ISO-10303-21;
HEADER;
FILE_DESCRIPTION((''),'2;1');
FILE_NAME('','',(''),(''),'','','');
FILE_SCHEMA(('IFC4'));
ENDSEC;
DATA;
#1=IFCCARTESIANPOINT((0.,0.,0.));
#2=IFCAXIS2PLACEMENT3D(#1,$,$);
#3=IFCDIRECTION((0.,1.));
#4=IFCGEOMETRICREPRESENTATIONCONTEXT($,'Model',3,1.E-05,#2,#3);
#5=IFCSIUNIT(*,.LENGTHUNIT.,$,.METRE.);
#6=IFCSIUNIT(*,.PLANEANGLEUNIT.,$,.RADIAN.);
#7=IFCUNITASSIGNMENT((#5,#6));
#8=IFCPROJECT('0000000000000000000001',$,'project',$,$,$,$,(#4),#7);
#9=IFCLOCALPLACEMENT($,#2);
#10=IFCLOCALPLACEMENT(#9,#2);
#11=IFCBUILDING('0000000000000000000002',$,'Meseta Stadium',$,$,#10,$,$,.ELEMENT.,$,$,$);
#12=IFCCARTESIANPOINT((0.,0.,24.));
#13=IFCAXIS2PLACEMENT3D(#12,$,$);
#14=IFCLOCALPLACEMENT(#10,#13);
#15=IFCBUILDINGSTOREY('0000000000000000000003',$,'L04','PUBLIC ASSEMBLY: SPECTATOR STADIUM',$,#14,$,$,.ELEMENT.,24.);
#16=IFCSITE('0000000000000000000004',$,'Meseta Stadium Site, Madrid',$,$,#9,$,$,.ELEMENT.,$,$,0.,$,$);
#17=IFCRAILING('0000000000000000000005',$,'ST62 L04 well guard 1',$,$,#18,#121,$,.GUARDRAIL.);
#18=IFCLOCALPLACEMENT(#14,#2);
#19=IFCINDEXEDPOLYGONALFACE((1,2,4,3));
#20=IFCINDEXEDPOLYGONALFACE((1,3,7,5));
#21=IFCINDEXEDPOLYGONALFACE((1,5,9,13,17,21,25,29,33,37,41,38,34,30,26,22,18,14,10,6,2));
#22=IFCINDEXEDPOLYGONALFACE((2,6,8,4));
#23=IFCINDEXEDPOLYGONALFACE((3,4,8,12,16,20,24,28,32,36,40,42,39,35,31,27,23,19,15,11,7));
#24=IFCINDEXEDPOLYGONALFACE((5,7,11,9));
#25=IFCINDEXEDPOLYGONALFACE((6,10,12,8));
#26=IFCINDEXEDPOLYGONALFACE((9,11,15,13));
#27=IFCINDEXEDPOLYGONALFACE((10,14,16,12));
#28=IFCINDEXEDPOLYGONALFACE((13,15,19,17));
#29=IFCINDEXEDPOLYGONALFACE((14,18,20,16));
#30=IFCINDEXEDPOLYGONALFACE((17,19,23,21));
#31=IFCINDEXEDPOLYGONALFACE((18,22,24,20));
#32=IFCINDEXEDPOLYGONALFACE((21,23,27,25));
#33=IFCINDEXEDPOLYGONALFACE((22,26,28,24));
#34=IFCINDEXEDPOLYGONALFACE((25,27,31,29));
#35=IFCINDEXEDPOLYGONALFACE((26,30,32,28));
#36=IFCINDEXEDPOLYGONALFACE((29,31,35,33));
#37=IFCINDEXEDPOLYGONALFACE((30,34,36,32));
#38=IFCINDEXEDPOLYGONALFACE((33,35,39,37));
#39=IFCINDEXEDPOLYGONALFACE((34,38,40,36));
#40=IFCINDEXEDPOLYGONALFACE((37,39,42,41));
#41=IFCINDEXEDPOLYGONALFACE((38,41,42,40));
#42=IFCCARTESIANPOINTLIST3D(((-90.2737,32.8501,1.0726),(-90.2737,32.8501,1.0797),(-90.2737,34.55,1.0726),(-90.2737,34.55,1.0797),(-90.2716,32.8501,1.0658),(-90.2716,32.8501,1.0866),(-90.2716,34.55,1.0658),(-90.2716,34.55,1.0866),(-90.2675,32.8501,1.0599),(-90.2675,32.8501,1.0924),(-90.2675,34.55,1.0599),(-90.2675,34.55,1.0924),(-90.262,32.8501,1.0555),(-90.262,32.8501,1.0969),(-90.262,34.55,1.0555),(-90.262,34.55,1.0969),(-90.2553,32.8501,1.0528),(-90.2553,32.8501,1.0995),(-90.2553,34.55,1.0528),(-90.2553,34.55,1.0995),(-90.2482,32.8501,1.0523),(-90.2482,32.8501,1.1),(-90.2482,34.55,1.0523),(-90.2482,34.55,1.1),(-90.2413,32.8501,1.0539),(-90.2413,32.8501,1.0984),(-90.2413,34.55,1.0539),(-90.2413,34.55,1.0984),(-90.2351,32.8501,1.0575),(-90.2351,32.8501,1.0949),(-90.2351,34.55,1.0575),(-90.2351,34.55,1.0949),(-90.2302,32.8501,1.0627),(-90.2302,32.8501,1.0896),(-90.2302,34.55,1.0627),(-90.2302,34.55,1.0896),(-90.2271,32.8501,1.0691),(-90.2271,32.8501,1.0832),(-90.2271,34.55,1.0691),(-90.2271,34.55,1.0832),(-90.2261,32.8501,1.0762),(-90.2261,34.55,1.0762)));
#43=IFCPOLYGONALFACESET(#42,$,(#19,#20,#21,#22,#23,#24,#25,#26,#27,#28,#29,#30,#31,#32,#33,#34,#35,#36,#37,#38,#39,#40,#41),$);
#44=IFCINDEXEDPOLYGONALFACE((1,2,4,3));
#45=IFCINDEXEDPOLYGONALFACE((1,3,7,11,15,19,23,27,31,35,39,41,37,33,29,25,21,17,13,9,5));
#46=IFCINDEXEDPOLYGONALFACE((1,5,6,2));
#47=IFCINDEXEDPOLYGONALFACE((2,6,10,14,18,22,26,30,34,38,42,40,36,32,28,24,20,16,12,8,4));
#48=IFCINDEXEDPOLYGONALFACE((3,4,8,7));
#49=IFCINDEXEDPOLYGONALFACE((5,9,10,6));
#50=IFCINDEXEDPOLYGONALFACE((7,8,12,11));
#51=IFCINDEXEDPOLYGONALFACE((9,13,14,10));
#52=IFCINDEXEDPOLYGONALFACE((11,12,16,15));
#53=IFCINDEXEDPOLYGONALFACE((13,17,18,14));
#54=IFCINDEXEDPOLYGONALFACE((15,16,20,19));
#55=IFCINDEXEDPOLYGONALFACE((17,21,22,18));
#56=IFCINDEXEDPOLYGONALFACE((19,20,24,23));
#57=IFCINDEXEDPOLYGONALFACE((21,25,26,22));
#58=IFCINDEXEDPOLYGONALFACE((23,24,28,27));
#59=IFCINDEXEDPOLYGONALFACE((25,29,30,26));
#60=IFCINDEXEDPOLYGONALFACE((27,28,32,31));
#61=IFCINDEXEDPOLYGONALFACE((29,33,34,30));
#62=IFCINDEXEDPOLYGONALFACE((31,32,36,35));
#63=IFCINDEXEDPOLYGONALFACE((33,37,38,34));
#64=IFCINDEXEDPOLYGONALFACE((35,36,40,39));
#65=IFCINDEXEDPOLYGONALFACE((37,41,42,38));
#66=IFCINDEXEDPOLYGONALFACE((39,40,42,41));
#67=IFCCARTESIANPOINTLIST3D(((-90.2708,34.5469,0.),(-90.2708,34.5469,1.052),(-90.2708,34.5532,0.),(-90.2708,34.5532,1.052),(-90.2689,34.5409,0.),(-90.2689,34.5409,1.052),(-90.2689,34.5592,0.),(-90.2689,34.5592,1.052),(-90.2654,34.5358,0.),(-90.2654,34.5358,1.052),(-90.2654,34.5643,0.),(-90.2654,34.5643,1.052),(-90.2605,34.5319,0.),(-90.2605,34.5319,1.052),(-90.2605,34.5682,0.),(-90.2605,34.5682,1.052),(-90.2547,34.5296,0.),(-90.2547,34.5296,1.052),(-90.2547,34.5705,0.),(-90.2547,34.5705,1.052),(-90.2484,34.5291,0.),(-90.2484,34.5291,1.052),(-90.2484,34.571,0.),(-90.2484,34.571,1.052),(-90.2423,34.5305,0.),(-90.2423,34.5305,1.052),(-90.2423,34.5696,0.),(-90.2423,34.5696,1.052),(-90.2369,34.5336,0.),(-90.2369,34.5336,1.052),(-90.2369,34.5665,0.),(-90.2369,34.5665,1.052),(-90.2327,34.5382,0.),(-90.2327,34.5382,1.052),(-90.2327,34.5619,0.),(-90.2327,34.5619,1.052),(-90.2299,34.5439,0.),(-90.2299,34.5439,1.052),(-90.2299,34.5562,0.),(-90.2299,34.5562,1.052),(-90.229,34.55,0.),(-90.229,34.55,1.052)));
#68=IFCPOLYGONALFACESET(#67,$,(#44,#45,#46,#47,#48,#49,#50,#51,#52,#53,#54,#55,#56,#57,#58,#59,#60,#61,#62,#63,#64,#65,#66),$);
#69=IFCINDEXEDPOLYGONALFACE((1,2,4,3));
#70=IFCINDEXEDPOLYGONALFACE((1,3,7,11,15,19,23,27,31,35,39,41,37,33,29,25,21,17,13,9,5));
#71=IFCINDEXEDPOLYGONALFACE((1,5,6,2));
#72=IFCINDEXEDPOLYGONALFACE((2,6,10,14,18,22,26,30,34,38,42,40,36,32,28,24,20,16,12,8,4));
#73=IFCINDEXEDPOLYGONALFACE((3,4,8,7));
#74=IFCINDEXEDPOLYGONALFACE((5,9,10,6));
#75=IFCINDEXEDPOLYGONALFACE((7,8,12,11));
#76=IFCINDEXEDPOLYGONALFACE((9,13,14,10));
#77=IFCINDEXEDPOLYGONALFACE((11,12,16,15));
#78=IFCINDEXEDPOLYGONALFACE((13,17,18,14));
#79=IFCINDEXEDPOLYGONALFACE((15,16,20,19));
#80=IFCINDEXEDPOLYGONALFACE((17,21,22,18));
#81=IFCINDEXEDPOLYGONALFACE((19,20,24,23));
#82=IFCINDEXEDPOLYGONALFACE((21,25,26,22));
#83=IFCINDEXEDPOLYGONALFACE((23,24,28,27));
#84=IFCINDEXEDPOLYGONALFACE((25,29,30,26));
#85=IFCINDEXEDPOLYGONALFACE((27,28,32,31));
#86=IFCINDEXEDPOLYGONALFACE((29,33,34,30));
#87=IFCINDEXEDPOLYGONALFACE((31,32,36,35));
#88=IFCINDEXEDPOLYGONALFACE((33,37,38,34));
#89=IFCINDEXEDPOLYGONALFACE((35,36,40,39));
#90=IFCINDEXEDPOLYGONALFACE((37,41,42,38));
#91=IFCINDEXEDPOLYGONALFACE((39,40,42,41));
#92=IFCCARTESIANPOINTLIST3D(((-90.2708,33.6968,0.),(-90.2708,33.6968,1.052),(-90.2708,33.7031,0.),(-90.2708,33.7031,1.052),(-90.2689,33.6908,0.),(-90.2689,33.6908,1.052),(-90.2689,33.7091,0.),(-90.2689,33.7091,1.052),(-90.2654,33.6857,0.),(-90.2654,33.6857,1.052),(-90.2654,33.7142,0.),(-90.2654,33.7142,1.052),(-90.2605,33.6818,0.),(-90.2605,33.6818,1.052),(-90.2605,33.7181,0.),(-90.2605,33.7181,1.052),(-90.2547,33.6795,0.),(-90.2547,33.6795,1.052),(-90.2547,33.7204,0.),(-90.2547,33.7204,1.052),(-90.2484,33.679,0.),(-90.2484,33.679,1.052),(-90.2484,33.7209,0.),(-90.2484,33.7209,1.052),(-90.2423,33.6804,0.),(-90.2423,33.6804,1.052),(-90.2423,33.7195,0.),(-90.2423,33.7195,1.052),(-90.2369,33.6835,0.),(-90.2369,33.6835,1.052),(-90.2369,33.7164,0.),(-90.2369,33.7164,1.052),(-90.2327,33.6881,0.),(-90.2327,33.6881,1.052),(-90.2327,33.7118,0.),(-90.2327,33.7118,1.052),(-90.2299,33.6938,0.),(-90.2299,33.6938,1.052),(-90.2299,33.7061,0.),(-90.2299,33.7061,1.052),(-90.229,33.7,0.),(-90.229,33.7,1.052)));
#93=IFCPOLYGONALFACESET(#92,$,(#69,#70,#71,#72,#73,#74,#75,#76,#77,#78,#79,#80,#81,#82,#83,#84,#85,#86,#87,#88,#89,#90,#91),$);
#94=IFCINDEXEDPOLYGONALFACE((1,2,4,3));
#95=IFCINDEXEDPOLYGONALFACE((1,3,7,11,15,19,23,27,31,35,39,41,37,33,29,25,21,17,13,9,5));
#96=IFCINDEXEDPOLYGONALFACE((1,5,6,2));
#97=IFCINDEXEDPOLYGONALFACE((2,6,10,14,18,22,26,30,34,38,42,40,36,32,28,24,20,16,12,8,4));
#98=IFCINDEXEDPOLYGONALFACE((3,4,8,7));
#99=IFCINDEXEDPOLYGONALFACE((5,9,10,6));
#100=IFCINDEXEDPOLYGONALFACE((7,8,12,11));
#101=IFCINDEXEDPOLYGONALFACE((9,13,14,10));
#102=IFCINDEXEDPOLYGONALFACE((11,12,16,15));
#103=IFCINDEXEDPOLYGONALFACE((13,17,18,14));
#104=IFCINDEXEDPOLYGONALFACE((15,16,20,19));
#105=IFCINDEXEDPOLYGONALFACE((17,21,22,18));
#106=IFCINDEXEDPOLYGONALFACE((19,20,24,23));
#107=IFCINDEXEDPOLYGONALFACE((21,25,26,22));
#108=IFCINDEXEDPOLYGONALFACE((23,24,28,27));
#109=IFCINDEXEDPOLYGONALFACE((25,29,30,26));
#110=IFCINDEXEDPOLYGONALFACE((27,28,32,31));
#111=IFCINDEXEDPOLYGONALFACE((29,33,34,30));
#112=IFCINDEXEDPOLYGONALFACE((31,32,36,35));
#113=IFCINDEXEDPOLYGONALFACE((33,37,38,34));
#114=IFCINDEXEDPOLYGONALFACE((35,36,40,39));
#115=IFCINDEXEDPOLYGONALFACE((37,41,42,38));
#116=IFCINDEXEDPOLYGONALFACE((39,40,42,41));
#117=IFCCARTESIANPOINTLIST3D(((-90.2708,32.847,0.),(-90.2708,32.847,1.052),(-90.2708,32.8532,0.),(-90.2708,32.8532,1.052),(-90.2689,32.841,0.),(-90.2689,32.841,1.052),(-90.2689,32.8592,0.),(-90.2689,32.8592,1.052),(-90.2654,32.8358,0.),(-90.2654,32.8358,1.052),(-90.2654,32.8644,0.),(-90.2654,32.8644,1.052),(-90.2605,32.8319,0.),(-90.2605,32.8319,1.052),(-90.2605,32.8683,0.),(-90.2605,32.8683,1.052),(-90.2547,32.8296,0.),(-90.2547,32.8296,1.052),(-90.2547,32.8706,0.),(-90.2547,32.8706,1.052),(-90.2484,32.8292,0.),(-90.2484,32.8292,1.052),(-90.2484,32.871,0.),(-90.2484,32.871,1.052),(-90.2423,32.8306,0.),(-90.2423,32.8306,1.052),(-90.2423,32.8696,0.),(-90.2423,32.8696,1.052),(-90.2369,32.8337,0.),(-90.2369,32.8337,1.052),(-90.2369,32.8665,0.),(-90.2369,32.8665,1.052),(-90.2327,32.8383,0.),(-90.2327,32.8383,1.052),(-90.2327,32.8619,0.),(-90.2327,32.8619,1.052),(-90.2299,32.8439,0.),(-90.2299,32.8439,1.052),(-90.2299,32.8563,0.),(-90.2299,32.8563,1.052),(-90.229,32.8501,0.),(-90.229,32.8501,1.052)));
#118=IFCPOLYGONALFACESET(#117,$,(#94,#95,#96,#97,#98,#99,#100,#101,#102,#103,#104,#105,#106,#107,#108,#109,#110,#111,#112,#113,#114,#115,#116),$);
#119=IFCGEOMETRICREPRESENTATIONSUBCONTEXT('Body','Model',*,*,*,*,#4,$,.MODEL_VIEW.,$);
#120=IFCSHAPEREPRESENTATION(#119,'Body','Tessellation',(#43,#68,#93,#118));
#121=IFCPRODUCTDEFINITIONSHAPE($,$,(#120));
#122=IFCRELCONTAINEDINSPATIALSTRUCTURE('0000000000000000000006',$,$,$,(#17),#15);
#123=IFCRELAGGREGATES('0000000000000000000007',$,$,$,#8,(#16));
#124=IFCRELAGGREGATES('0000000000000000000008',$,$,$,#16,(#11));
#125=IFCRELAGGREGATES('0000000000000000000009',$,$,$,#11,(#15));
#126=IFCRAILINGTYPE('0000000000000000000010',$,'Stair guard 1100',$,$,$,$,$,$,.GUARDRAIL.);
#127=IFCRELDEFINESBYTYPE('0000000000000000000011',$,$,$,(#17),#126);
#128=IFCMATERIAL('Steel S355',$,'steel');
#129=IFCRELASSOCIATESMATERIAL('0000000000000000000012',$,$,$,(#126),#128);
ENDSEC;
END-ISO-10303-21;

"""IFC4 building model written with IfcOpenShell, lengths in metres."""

from ifc_helpers import new_model, si_unit, direction, frame, origin, origin_2d, place, context, subcontext, project, spatial, circle, extrude, material, type_object, element, save


model = new_model("IFC4")

# Units and contexts
model_context = context("Model", 3, precision=1e-05, world=origin(), true_north=direction((0.0, 1.0)))
body_context = subcontext(model_context, "Body", "Model", "MODEL_VIEW")
ifc_project = project(units=[si_unit("LENGTHUNIT", "METRE"), si_unit("PLANEANGLEUNIT", "RADIAN")], contexts=[model_context])

# Site, building, storey
site_placement = place(None, origin())
site = spatial("IfcSite", under=ifc_project, at=site_placement, Name="Meseta Stadium Site, Madrid", CompositionType="ELEMENT", RefElevation=0.0)
building_placement = place(site_placement, origin())
building = spatial("IfcBuilding", under=site, at=building_placement, Name="Meseta Stadium", CompositionType="ELEMENT")
storey_placement = place(building_placement, frame((0.0, 0.0, 24.0)))
storey = spatial("IfcBuildingStorey", under=building, at=storey_placement, Name="L04", Description="PUBLIC ASSEMBLY: SPECTATOR STADIUM", CompositionType="ELEMENT", Elevation=24.0)

# Railing
ifc_material_1 = material(Name="Steel S355", Category="steel")
railing_type = type_object("IfcRailingType", Name="Stair guard 1100", PredefinedType="GUARDRAIL", material=ifc_material_1)
for number, where, name in (
    (1, (-90.25, 34.55, 0.0), "ST62 L04 well guard 1"),
):
    element("IfcRailing", number, at=place(storey_placement, frame(where)), inside=storey, type_object=railing_type, Name=name, PredefinedType="GUARDRAIL", context=body_context, shape_type="SweptSolid", body=[
        extrude(circle(Radius=0.0239, at=origin_2d()), frame((0.0, 0.0, 1.0762), z_axis=(0.0, -1.0, 0.0), x_axis=(1.0, 0.0, 0.0)), (0.0, 0.0, 1.0), 1.7),
        extrude(circle(Radius=0.021, at=origin_2d()), origin(), (0.0, 0.0, 1.0), 1.052),
        extrude(circle(Radius=0.021, at=origin_2d()), frame((0.0, -0.8501, 0.0)), (0.0, 0.0, 1.0), 1.052),
        extrude(circle(Radius=0.021, at=origin_2d()), frame((0.0, -1.7, 0.0)), (0.0, 0.0, 1.0), 1.052),
    ])

save(model, "model.ifc")
